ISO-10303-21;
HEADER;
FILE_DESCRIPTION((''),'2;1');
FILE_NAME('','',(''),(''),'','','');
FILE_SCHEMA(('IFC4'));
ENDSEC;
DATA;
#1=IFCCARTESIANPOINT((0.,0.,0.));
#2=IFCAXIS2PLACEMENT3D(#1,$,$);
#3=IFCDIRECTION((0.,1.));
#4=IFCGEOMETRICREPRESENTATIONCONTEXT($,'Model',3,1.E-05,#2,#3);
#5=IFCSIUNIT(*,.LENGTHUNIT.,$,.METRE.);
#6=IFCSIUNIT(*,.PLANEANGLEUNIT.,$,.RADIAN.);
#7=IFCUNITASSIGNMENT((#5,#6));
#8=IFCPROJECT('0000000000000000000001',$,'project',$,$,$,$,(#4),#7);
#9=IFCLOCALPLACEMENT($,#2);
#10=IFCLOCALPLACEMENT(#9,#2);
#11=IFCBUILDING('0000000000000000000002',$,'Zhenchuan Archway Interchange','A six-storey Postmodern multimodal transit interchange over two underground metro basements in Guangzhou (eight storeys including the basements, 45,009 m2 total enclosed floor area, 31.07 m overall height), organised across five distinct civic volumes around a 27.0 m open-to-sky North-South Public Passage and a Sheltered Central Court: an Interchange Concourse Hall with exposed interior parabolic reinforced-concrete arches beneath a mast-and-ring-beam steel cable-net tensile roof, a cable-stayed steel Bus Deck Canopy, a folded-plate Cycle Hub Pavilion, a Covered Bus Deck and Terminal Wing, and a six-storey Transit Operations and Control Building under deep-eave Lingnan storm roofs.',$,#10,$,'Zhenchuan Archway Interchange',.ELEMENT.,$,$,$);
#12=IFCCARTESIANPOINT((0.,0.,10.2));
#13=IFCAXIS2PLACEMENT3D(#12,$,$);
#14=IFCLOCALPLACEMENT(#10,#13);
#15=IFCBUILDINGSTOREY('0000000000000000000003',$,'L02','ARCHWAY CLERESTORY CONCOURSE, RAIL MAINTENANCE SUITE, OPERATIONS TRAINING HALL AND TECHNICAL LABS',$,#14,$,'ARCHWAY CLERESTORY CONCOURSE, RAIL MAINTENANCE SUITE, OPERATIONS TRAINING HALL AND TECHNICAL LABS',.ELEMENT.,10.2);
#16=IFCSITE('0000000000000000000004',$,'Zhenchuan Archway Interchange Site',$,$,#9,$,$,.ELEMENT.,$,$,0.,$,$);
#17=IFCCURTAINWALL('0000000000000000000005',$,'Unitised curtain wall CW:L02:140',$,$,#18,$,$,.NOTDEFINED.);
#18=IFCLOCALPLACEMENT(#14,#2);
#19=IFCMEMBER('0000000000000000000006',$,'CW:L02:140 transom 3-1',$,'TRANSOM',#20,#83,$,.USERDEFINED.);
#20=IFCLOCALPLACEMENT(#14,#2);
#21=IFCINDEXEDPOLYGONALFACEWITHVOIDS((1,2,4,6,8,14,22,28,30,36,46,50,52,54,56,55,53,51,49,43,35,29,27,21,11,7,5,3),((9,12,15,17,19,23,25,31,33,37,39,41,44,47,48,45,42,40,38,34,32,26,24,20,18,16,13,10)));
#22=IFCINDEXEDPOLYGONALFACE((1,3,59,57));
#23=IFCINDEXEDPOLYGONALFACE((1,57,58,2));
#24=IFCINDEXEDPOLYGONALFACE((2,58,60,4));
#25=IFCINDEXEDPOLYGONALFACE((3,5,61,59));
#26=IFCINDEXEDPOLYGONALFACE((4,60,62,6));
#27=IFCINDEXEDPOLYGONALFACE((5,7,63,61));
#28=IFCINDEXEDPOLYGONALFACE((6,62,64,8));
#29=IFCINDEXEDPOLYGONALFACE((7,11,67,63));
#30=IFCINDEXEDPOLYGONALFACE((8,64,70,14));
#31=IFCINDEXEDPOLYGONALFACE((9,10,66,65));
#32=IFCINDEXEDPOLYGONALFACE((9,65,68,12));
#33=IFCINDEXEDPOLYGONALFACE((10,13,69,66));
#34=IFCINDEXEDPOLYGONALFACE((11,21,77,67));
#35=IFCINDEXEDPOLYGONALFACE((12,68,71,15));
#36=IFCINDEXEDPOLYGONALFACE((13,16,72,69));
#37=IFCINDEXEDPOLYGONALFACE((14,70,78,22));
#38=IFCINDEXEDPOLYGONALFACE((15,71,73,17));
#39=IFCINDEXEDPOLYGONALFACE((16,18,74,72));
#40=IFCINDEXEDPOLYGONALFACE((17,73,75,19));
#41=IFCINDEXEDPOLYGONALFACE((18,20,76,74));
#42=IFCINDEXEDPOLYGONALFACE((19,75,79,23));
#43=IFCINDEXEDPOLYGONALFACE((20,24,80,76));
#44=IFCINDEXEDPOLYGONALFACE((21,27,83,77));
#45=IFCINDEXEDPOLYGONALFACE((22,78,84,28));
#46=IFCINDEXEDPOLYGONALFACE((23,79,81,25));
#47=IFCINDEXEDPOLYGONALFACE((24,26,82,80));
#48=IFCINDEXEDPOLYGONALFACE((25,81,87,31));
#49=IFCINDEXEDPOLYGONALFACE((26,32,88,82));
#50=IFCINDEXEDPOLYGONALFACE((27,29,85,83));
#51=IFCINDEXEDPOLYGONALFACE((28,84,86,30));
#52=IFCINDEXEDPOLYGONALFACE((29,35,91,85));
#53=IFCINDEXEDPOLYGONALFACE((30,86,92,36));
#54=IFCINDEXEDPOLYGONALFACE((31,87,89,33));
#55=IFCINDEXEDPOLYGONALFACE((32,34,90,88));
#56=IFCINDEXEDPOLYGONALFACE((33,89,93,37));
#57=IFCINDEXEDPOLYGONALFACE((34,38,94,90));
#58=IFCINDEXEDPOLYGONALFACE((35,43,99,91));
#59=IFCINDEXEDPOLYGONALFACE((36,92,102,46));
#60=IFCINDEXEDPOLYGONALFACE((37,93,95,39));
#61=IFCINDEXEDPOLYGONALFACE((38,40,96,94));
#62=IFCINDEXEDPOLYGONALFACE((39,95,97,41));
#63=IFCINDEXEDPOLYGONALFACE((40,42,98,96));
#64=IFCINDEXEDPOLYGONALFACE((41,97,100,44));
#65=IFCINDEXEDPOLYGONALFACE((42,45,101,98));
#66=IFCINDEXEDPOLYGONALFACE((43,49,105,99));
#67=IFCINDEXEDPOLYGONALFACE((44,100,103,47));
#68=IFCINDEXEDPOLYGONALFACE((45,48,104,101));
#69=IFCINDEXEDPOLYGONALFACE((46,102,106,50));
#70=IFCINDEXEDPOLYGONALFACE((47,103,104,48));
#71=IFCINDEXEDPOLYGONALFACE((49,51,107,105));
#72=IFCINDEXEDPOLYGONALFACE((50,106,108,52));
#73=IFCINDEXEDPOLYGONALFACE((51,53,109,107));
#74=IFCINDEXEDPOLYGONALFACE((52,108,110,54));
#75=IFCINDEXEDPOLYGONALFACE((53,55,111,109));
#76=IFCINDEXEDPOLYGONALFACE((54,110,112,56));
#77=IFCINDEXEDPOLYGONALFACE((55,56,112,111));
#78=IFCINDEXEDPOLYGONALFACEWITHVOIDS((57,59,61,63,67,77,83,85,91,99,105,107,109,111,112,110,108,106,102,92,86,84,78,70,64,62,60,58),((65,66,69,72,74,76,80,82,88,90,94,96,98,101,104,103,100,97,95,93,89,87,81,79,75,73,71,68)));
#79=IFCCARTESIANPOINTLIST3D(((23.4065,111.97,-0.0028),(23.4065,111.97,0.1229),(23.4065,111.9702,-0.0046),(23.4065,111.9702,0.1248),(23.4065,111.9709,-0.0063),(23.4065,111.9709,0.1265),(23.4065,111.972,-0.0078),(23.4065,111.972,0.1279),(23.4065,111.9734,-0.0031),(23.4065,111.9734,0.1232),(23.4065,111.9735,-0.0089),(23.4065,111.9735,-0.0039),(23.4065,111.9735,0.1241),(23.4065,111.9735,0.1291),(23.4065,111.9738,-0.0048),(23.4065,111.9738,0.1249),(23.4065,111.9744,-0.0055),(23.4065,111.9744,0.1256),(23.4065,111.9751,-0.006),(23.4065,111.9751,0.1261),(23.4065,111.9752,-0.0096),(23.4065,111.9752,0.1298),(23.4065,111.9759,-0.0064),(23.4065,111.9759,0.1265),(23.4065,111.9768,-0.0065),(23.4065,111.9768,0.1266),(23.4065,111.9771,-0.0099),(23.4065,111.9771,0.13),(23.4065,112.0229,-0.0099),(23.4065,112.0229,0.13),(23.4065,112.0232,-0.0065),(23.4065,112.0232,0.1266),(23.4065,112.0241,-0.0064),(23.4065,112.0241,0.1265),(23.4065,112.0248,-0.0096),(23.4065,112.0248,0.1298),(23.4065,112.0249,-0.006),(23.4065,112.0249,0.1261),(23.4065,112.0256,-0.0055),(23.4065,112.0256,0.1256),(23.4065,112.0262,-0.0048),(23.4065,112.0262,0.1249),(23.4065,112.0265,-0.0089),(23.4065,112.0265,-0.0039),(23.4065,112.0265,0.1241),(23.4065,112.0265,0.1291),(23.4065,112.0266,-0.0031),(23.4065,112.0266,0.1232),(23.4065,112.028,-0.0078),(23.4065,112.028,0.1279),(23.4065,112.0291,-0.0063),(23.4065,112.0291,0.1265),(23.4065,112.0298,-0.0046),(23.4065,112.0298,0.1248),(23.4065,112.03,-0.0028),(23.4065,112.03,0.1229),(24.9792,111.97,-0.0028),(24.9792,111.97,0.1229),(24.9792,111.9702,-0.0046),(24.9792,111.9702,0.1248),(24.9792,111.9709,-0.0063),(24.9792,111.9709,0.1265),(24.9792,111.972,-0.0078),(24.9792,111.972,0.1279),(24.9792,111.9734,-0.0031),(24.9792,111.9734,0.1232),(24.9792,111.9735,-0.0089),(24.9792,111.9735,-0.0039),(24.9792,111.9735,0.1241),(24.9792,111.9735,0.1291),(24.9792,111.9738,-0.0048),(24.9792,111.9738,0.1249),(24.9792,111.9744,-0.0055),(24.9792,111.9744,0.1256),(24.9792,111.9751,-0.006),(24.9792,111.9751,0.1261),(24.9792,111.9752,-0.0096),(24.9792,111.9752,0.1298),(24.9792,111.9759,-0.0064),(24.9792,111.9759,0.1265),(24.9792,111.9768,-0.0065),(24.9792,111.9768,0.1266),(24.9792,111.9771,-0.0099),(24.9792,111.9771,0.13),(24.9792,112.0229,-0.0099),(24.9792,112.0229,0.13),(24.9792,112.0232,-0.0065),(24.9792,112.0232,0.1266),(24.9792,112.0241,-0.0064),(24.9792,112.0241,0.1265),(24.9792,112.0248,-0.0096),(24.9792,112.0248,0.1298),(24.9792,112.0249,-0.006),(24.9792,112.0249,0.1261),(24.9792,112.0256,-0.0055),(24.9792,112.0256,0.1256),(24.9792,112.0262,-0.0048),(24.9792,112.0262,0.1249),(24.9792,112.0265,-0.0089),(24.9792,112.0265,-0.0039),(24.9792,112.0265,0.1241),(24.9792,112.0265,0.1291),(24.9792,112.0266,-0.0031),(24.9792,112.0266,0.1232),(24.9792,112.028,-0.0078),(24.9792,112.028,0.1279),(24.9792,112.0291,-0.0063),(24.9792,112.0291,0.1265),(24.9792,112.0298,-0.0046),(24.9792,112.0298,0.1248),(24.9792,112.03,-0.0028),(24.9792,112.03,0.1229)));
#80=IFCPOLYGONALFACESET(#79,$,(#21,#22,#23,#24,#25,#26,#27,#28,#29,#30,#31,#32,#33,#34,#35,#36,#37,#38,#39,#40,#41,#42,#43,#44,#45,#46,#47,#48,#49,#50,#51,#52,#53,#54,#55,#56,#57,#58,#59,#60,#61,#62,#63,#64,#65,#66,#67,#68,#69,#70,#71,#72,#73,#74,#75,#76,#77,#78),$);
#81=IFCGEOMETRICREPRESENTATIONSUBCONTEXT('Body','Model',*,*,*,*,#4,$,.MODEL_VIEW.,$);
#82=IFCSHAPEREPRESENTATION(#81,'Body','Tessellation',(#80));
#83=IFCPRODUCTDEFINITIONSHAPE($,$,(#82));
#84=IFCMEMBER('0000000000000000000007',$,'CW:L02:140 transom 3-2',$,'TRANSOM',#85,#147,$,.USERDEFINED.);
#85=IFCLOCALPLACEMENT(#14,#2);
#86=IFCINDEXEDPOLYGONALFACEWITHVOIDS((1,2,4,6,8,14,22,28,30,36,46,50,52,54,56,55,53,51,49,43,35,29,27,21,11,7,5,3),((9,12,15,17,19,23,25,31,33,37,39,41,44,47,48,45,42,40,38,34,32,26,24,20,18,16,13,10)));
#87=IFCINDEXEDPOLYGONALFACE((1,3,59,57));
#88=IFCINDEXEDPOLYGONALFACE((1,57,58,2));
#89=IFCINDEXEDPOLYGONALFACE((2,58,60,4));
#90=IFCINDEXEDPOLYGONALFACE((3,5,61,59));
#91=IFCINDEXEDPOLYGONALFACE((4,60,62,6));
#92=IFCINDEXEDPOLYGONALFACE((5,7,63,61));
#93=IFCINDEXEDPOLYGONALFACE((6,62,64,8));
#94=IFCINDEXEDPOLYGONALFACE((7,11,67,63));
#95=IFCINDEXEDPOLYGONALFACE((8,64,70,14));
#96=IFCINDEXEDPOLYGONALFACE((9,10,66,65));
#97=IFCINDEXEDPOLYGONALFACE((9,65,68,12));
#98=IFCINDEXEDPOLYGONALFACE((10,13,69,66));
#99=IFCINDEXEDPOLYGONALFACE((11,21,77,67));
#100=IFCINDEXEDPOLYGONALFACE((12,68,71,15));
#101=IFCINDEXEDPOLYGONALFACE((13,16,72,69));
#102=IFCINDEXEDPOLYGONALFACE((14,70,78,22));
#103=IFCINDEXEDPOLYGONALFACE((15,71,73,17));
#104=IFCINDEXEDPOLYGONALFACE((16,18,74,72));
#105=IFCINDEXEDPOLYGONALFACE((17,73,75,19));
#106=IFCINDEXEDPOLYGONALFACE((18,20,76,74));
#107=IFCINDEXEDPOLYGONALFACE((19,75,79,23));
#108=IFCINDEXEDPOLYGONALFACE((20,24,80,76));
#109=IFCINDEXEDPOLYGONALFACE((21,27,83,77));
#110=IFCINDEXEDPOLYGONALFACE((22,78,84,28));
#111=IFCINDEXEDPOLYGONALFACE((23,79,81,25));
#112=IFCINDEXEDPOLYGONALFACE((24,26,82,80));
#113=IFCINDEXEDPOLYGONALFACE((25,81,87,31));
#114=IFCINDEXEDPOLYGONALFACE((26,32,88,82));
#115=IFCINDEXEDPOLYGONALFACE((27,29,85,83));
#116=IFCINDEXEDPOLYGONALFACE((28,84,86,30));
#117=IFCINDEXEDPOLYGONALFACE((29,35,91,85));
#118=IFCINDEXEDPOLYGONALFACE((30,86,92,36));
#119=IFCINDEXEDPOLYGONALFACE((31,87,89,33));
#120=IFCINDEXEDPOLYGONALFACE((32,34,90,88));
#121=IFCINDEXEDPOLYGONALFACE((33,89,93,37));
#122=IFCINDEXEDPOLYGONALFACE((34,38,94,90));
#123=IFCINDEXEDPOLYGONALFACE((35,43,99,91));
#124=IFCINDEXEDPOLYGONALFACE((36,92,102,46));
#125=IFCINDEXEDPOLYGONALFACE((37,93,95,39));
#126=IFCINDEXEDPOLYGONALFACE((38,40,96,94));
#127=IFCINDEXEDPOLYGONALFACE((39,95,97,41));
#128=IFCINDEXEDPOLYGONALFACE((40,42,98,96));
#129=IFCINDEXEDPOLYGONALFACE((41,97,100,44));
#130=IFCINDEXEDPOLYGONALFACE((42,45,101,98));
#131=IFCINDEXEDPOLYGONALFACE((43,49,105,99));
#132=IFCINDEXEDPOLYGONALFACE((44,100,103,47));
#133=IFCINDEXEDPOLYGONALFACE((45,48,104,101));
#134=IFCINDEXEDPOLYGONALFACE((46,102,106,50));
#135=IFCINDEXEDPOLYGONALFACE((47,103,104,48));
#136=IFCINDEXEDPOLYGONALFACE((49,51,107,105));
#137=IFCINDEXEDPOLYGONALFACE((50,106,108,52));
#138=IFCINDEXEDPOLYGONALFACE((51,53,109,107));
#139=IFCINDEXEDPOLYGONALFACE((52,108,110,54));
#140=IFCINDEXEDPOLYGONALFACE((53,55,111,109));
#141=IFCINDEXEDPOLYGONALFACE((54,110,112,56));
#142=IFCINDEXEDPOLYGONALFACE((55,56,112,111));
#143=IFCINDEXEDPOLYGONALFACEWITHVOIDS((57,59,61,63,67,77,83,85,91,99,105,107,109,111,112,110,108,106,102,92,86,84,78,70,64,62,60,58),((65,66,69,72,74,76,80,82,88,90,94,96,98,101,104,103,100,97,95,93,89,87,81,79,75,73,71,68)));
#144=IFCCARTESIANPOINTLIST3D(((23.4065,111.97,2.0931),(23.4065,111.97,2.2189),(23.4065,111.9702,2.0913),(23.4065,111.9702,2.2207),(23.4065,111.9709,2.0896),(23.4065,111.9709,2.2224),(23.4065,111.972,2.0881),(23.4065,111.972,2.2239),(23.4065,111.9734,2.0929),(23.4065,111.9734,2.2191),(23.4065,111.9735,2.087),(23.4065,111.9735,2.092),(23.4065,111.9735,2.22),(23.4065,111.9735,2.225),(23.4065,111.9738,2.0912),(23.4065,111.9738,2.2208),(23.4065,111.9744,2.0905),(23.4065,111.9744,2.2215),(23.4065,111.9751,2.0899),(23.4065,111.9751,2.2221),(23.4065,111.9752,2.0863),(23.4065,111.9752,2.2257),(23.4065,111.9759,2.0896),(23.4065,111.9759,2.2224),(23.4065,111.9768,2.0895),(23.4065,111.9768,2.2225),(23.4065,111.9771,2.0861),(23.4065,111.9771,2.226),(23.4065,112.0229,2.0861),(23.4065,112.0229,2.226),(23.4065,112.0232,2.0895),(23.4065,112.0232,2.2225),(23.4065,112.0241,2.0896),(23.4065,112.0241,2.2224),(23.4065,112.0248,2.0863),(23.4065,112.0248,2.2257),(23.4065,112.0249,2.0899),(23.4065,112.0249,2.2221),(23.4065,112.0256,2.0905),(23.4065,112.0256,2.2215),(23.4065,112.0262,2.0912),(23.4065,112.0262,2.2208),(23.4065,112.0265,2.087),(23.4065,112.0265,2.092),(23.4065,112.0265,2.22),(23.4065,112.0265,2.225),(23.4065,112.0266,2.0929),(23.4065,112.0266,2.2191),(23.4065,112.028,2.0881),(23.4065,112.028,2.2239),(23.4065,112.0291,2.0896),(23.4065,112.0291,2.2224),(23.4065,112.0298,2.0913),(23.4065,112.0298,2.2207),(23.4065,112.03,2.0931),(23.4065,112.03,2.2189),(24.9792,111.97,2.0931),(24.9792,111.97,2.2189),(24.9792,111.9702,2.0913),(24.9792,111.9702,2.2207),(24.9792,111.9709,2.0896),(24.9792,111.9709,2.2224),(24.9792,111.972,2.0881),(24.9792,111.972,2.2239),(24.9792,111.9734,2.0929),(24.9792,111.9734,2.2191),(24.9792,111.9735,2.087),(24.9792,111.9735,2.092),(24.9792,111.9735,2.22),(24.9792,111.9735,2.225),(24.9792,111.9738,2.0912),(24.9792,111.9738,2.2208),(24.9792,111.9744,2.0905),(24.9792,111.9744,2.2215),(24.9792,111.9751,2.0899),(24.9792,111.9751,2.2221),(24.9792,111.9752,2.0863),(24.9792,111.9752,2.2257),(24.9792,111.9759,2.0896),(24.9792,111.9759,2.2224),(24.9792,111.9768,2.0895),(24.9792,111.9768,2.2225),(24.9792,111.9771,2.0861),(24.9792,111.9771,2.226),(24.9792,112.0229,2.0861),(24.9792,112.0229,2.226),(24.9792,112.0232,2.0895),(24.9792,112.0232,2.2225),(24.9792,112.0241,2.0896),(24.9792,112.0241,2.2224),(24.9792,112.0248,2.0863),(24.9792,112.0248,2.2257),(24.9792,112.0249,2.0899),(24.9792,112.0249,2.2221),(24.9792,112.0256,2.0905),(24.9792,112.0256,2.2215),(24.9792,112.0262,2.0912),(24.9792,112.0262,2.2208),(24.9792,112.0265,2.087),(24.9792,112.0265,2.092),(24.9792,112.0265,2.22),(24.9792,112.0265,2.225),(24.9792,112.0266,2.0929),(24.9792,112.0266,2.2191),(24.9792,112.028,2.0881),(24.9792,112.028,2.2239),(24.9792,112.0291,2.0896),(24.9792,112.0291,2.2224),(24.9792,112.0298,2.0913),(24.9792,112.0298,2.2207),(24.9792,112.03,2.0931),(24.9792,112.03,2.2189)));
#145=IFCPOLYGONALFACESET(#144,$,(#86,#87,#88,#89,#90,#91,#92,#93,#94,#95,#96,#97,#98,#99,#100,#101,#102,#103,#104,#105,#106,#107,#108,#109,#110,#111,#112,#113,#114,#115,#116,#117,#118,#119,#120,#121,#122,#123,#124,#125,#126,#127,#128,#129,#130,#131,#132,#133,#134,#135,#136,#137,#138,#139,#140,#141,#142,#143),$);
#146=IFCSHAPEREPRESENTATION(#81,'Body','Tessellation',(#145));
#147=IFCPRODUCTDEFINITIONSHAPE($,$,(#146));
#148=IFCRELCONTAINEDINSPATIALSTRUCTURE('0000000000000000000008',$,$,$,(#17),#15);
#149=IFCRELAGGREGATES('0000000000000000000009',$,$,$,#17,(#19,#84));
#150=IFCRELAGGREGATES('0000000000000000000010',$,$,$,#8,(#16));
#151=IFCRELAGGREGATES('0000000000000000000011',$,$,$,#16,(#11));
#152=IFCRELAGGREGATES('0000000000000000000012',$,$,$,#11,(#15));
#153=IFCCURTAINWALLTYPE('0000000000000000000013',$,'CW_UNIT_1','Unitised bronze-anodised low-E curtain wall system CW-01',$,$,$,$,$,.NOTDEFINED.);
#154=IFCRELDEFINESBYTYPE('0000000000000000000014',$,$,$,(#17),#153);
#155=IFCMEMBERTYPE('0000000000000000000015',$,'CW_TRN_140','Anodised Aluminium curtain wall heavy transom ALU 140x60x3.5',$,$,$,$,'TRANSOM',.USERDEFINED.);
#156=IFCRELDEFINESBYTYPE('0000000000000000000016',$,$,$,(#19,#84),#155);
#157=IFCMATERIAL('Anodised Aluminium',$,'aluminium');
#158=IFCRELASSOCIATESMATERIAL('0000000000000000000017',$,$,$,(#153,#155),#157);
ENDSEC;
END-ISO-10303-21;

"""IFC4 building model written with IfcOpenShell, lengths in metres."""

from ifc_helpers import new_model, si_unit, direction, frame, origin, origin_2d, place, context, subcontext, project, spatial, hollow_rectangle, extrude, material, material_profile, profile_set, type_object, element, aggregate, save


model = new_model("IFC4")

# Units and contexts
model_context = context("Model", 3, precision=1e-05, world=origin(), true_north=direction((0.0, 1.0)))
body_context = subcontext(model_context, "Body", "Model", "MODEL_VIEW")
ifc_project = project(units=[si_unit("LENGTHUNIT", "METRE"), si_unit("PLANEANGLEUNIT", "RADIAN")], contexts=[model_context])

# Site, building, storey
site_placement = place(None, origin())
site = spatial("IfcSite", under=ifc_project, at=site_placement, Name="Zhenchuan Archway Interchange Site", CompositionType="ELEMENT", RefElevation=0.0)
building_placement = place(site_placement, origin())
building = spatial("IfcBuilding", under=site, at=building_placement, Name="Zhenchuan Archway Interchange", Description="A six-storey Postmodern multimodal transit interchange over two underground metro basements in Guangzhou (eight storeys including the basements, 45,009 m2 total enclosed floor area, 31.07 m overall height), organised across five distinct civic volumes around a 27.0 m open-to-sky North-South Public Passage and a Sheltered Central Court: an Interchange Concourse Hall with exposed interior parabolic reinforced-concrete arches beneath a mast-and-ring-beam steel cable-net tensile roof, a cable-stayed steel Bus Deck Canopy, a folded-plate Cycle Hub Pavilion, a Covered Bus Deck and Terminal Wing, and a six-storey Transit Operations and Control Building under deep-eave Lingnan storm roofs.", LongName="Zhenchuan Archway Interchange", CompositionType="ELEMENT")
storey_placement = place(building_placement, frame((0.0, 0.0, 10.2)))
storey = spatial("IfcBuildingStorey", under=building, at=storey_placement, Name="L02", Description="ARCHWAY CLERESTORY CONCOURSE, RAIL MAINTENANCE SUITE, OPERATIONS TRAINING HALL AND TECHNICAL LABS", LongName="ARCHWAY CLERESTORY CONCOURSE, RAIL MAINTENANCE SUITE, OPERATIONS TRAINING HALL AND TECHNICAL LABS", CompositionType="ELEMENT", Elevation=10.2)

# Curtain wall, members
ifc_material_1 = material(Name="Anodised Aluminium", Category="aluminium")
curtain_wall_type = type_object("IfcCurtainWallType", Name="CW_UNIT_1", Description="Unitised bronze-anodised low-E curtain wall system CW-01", PredefinedType="NOTDEFINED", material=ifc_material_1)
curtain_wall_placement = place(storey_placement, origin())
curtain_wall = element("IfcCurtainWall", 1, at=curtain_wall_placement, inside=storey, type_object=curtain_wall_type, Name="Unitised curtain wall CW:L02:140", PredefinedType="NOTDEFINED")
ifc_material_profile_1 = material_profile(ifc_material_1, hollow_rectangle(XDim=0.0601, YDim=0.1399, WallThickness=0.0034, InnerFilletRadius=0.0034, OuterFilletRadius=0.0071, at=origin_2d()), Name="ALU 140x60x3.5")
ifc_profile_set_1 = profile_set([ifc_material_profile_1], Name="Anodised Aluminium")
member_type_1 = type_object("IfcMemberType", Name="CW_TRN_140", Description="Anodised Aluminium curtain wall heavy transom ALU 140x60x3.5", ElementType="TRANSOM", PredefinedType="USERDEFINED", material=ifc_profile_set_1)
member_1_placement = place(storey_placement, frame((23.4065, 112.0, 0.0601), z_axis=(1.0, 0.0, 0.0), x_axis=(0.0, 1.0, 0.0)))
member_1 = element("IfcMember", 2, at=member_1_placement, type_object=member_type_1, Name="CW:L02:140 transom 3-1", ObjectType="TRANSOM", PredefinedType="USERDEFINED", context=body_context, shape_type="SweptSolid", body=[
    extrude(hollow_rectangle(XDim=0.0601, YDim=0.1399, WallThickness=0.0034, InnerFilletRadius=0.0034, OuterFilletRadius=0.0071, at=origin_2d()), origin(), (0.0, 0.0, 1.0), 1.5728),
])
member_2_placement = place(storey_placement, frame((23.4065, 112.0, 2.156), z_axis=(1.0, 0.0, 0.0), x_axis=(0.0, 1.0, 0.0)))
member_2 = element("IfcMember", 3, at=member_2_placement, type_object=member_type_1, Name="CW:L02:140 transom 3-2", ObjectType="TRANSOM", PredefinedType="USERDEFINED", context=body_context, shape_type="SweptSolid", body=[
    extrude(hollow_rectangle(XDim=0.0601, YDim=0.1399, WallThickness=0.0034, InnerFilletRadius=0.0034, OuterFilletRadius=0.0071, at=origin_2d()), origin(), (0.0, 0.0, 1.0), 1.5728),
])
aggregate(curtain_wall, [member_1, member_2])

save(model, "model.ifc")
